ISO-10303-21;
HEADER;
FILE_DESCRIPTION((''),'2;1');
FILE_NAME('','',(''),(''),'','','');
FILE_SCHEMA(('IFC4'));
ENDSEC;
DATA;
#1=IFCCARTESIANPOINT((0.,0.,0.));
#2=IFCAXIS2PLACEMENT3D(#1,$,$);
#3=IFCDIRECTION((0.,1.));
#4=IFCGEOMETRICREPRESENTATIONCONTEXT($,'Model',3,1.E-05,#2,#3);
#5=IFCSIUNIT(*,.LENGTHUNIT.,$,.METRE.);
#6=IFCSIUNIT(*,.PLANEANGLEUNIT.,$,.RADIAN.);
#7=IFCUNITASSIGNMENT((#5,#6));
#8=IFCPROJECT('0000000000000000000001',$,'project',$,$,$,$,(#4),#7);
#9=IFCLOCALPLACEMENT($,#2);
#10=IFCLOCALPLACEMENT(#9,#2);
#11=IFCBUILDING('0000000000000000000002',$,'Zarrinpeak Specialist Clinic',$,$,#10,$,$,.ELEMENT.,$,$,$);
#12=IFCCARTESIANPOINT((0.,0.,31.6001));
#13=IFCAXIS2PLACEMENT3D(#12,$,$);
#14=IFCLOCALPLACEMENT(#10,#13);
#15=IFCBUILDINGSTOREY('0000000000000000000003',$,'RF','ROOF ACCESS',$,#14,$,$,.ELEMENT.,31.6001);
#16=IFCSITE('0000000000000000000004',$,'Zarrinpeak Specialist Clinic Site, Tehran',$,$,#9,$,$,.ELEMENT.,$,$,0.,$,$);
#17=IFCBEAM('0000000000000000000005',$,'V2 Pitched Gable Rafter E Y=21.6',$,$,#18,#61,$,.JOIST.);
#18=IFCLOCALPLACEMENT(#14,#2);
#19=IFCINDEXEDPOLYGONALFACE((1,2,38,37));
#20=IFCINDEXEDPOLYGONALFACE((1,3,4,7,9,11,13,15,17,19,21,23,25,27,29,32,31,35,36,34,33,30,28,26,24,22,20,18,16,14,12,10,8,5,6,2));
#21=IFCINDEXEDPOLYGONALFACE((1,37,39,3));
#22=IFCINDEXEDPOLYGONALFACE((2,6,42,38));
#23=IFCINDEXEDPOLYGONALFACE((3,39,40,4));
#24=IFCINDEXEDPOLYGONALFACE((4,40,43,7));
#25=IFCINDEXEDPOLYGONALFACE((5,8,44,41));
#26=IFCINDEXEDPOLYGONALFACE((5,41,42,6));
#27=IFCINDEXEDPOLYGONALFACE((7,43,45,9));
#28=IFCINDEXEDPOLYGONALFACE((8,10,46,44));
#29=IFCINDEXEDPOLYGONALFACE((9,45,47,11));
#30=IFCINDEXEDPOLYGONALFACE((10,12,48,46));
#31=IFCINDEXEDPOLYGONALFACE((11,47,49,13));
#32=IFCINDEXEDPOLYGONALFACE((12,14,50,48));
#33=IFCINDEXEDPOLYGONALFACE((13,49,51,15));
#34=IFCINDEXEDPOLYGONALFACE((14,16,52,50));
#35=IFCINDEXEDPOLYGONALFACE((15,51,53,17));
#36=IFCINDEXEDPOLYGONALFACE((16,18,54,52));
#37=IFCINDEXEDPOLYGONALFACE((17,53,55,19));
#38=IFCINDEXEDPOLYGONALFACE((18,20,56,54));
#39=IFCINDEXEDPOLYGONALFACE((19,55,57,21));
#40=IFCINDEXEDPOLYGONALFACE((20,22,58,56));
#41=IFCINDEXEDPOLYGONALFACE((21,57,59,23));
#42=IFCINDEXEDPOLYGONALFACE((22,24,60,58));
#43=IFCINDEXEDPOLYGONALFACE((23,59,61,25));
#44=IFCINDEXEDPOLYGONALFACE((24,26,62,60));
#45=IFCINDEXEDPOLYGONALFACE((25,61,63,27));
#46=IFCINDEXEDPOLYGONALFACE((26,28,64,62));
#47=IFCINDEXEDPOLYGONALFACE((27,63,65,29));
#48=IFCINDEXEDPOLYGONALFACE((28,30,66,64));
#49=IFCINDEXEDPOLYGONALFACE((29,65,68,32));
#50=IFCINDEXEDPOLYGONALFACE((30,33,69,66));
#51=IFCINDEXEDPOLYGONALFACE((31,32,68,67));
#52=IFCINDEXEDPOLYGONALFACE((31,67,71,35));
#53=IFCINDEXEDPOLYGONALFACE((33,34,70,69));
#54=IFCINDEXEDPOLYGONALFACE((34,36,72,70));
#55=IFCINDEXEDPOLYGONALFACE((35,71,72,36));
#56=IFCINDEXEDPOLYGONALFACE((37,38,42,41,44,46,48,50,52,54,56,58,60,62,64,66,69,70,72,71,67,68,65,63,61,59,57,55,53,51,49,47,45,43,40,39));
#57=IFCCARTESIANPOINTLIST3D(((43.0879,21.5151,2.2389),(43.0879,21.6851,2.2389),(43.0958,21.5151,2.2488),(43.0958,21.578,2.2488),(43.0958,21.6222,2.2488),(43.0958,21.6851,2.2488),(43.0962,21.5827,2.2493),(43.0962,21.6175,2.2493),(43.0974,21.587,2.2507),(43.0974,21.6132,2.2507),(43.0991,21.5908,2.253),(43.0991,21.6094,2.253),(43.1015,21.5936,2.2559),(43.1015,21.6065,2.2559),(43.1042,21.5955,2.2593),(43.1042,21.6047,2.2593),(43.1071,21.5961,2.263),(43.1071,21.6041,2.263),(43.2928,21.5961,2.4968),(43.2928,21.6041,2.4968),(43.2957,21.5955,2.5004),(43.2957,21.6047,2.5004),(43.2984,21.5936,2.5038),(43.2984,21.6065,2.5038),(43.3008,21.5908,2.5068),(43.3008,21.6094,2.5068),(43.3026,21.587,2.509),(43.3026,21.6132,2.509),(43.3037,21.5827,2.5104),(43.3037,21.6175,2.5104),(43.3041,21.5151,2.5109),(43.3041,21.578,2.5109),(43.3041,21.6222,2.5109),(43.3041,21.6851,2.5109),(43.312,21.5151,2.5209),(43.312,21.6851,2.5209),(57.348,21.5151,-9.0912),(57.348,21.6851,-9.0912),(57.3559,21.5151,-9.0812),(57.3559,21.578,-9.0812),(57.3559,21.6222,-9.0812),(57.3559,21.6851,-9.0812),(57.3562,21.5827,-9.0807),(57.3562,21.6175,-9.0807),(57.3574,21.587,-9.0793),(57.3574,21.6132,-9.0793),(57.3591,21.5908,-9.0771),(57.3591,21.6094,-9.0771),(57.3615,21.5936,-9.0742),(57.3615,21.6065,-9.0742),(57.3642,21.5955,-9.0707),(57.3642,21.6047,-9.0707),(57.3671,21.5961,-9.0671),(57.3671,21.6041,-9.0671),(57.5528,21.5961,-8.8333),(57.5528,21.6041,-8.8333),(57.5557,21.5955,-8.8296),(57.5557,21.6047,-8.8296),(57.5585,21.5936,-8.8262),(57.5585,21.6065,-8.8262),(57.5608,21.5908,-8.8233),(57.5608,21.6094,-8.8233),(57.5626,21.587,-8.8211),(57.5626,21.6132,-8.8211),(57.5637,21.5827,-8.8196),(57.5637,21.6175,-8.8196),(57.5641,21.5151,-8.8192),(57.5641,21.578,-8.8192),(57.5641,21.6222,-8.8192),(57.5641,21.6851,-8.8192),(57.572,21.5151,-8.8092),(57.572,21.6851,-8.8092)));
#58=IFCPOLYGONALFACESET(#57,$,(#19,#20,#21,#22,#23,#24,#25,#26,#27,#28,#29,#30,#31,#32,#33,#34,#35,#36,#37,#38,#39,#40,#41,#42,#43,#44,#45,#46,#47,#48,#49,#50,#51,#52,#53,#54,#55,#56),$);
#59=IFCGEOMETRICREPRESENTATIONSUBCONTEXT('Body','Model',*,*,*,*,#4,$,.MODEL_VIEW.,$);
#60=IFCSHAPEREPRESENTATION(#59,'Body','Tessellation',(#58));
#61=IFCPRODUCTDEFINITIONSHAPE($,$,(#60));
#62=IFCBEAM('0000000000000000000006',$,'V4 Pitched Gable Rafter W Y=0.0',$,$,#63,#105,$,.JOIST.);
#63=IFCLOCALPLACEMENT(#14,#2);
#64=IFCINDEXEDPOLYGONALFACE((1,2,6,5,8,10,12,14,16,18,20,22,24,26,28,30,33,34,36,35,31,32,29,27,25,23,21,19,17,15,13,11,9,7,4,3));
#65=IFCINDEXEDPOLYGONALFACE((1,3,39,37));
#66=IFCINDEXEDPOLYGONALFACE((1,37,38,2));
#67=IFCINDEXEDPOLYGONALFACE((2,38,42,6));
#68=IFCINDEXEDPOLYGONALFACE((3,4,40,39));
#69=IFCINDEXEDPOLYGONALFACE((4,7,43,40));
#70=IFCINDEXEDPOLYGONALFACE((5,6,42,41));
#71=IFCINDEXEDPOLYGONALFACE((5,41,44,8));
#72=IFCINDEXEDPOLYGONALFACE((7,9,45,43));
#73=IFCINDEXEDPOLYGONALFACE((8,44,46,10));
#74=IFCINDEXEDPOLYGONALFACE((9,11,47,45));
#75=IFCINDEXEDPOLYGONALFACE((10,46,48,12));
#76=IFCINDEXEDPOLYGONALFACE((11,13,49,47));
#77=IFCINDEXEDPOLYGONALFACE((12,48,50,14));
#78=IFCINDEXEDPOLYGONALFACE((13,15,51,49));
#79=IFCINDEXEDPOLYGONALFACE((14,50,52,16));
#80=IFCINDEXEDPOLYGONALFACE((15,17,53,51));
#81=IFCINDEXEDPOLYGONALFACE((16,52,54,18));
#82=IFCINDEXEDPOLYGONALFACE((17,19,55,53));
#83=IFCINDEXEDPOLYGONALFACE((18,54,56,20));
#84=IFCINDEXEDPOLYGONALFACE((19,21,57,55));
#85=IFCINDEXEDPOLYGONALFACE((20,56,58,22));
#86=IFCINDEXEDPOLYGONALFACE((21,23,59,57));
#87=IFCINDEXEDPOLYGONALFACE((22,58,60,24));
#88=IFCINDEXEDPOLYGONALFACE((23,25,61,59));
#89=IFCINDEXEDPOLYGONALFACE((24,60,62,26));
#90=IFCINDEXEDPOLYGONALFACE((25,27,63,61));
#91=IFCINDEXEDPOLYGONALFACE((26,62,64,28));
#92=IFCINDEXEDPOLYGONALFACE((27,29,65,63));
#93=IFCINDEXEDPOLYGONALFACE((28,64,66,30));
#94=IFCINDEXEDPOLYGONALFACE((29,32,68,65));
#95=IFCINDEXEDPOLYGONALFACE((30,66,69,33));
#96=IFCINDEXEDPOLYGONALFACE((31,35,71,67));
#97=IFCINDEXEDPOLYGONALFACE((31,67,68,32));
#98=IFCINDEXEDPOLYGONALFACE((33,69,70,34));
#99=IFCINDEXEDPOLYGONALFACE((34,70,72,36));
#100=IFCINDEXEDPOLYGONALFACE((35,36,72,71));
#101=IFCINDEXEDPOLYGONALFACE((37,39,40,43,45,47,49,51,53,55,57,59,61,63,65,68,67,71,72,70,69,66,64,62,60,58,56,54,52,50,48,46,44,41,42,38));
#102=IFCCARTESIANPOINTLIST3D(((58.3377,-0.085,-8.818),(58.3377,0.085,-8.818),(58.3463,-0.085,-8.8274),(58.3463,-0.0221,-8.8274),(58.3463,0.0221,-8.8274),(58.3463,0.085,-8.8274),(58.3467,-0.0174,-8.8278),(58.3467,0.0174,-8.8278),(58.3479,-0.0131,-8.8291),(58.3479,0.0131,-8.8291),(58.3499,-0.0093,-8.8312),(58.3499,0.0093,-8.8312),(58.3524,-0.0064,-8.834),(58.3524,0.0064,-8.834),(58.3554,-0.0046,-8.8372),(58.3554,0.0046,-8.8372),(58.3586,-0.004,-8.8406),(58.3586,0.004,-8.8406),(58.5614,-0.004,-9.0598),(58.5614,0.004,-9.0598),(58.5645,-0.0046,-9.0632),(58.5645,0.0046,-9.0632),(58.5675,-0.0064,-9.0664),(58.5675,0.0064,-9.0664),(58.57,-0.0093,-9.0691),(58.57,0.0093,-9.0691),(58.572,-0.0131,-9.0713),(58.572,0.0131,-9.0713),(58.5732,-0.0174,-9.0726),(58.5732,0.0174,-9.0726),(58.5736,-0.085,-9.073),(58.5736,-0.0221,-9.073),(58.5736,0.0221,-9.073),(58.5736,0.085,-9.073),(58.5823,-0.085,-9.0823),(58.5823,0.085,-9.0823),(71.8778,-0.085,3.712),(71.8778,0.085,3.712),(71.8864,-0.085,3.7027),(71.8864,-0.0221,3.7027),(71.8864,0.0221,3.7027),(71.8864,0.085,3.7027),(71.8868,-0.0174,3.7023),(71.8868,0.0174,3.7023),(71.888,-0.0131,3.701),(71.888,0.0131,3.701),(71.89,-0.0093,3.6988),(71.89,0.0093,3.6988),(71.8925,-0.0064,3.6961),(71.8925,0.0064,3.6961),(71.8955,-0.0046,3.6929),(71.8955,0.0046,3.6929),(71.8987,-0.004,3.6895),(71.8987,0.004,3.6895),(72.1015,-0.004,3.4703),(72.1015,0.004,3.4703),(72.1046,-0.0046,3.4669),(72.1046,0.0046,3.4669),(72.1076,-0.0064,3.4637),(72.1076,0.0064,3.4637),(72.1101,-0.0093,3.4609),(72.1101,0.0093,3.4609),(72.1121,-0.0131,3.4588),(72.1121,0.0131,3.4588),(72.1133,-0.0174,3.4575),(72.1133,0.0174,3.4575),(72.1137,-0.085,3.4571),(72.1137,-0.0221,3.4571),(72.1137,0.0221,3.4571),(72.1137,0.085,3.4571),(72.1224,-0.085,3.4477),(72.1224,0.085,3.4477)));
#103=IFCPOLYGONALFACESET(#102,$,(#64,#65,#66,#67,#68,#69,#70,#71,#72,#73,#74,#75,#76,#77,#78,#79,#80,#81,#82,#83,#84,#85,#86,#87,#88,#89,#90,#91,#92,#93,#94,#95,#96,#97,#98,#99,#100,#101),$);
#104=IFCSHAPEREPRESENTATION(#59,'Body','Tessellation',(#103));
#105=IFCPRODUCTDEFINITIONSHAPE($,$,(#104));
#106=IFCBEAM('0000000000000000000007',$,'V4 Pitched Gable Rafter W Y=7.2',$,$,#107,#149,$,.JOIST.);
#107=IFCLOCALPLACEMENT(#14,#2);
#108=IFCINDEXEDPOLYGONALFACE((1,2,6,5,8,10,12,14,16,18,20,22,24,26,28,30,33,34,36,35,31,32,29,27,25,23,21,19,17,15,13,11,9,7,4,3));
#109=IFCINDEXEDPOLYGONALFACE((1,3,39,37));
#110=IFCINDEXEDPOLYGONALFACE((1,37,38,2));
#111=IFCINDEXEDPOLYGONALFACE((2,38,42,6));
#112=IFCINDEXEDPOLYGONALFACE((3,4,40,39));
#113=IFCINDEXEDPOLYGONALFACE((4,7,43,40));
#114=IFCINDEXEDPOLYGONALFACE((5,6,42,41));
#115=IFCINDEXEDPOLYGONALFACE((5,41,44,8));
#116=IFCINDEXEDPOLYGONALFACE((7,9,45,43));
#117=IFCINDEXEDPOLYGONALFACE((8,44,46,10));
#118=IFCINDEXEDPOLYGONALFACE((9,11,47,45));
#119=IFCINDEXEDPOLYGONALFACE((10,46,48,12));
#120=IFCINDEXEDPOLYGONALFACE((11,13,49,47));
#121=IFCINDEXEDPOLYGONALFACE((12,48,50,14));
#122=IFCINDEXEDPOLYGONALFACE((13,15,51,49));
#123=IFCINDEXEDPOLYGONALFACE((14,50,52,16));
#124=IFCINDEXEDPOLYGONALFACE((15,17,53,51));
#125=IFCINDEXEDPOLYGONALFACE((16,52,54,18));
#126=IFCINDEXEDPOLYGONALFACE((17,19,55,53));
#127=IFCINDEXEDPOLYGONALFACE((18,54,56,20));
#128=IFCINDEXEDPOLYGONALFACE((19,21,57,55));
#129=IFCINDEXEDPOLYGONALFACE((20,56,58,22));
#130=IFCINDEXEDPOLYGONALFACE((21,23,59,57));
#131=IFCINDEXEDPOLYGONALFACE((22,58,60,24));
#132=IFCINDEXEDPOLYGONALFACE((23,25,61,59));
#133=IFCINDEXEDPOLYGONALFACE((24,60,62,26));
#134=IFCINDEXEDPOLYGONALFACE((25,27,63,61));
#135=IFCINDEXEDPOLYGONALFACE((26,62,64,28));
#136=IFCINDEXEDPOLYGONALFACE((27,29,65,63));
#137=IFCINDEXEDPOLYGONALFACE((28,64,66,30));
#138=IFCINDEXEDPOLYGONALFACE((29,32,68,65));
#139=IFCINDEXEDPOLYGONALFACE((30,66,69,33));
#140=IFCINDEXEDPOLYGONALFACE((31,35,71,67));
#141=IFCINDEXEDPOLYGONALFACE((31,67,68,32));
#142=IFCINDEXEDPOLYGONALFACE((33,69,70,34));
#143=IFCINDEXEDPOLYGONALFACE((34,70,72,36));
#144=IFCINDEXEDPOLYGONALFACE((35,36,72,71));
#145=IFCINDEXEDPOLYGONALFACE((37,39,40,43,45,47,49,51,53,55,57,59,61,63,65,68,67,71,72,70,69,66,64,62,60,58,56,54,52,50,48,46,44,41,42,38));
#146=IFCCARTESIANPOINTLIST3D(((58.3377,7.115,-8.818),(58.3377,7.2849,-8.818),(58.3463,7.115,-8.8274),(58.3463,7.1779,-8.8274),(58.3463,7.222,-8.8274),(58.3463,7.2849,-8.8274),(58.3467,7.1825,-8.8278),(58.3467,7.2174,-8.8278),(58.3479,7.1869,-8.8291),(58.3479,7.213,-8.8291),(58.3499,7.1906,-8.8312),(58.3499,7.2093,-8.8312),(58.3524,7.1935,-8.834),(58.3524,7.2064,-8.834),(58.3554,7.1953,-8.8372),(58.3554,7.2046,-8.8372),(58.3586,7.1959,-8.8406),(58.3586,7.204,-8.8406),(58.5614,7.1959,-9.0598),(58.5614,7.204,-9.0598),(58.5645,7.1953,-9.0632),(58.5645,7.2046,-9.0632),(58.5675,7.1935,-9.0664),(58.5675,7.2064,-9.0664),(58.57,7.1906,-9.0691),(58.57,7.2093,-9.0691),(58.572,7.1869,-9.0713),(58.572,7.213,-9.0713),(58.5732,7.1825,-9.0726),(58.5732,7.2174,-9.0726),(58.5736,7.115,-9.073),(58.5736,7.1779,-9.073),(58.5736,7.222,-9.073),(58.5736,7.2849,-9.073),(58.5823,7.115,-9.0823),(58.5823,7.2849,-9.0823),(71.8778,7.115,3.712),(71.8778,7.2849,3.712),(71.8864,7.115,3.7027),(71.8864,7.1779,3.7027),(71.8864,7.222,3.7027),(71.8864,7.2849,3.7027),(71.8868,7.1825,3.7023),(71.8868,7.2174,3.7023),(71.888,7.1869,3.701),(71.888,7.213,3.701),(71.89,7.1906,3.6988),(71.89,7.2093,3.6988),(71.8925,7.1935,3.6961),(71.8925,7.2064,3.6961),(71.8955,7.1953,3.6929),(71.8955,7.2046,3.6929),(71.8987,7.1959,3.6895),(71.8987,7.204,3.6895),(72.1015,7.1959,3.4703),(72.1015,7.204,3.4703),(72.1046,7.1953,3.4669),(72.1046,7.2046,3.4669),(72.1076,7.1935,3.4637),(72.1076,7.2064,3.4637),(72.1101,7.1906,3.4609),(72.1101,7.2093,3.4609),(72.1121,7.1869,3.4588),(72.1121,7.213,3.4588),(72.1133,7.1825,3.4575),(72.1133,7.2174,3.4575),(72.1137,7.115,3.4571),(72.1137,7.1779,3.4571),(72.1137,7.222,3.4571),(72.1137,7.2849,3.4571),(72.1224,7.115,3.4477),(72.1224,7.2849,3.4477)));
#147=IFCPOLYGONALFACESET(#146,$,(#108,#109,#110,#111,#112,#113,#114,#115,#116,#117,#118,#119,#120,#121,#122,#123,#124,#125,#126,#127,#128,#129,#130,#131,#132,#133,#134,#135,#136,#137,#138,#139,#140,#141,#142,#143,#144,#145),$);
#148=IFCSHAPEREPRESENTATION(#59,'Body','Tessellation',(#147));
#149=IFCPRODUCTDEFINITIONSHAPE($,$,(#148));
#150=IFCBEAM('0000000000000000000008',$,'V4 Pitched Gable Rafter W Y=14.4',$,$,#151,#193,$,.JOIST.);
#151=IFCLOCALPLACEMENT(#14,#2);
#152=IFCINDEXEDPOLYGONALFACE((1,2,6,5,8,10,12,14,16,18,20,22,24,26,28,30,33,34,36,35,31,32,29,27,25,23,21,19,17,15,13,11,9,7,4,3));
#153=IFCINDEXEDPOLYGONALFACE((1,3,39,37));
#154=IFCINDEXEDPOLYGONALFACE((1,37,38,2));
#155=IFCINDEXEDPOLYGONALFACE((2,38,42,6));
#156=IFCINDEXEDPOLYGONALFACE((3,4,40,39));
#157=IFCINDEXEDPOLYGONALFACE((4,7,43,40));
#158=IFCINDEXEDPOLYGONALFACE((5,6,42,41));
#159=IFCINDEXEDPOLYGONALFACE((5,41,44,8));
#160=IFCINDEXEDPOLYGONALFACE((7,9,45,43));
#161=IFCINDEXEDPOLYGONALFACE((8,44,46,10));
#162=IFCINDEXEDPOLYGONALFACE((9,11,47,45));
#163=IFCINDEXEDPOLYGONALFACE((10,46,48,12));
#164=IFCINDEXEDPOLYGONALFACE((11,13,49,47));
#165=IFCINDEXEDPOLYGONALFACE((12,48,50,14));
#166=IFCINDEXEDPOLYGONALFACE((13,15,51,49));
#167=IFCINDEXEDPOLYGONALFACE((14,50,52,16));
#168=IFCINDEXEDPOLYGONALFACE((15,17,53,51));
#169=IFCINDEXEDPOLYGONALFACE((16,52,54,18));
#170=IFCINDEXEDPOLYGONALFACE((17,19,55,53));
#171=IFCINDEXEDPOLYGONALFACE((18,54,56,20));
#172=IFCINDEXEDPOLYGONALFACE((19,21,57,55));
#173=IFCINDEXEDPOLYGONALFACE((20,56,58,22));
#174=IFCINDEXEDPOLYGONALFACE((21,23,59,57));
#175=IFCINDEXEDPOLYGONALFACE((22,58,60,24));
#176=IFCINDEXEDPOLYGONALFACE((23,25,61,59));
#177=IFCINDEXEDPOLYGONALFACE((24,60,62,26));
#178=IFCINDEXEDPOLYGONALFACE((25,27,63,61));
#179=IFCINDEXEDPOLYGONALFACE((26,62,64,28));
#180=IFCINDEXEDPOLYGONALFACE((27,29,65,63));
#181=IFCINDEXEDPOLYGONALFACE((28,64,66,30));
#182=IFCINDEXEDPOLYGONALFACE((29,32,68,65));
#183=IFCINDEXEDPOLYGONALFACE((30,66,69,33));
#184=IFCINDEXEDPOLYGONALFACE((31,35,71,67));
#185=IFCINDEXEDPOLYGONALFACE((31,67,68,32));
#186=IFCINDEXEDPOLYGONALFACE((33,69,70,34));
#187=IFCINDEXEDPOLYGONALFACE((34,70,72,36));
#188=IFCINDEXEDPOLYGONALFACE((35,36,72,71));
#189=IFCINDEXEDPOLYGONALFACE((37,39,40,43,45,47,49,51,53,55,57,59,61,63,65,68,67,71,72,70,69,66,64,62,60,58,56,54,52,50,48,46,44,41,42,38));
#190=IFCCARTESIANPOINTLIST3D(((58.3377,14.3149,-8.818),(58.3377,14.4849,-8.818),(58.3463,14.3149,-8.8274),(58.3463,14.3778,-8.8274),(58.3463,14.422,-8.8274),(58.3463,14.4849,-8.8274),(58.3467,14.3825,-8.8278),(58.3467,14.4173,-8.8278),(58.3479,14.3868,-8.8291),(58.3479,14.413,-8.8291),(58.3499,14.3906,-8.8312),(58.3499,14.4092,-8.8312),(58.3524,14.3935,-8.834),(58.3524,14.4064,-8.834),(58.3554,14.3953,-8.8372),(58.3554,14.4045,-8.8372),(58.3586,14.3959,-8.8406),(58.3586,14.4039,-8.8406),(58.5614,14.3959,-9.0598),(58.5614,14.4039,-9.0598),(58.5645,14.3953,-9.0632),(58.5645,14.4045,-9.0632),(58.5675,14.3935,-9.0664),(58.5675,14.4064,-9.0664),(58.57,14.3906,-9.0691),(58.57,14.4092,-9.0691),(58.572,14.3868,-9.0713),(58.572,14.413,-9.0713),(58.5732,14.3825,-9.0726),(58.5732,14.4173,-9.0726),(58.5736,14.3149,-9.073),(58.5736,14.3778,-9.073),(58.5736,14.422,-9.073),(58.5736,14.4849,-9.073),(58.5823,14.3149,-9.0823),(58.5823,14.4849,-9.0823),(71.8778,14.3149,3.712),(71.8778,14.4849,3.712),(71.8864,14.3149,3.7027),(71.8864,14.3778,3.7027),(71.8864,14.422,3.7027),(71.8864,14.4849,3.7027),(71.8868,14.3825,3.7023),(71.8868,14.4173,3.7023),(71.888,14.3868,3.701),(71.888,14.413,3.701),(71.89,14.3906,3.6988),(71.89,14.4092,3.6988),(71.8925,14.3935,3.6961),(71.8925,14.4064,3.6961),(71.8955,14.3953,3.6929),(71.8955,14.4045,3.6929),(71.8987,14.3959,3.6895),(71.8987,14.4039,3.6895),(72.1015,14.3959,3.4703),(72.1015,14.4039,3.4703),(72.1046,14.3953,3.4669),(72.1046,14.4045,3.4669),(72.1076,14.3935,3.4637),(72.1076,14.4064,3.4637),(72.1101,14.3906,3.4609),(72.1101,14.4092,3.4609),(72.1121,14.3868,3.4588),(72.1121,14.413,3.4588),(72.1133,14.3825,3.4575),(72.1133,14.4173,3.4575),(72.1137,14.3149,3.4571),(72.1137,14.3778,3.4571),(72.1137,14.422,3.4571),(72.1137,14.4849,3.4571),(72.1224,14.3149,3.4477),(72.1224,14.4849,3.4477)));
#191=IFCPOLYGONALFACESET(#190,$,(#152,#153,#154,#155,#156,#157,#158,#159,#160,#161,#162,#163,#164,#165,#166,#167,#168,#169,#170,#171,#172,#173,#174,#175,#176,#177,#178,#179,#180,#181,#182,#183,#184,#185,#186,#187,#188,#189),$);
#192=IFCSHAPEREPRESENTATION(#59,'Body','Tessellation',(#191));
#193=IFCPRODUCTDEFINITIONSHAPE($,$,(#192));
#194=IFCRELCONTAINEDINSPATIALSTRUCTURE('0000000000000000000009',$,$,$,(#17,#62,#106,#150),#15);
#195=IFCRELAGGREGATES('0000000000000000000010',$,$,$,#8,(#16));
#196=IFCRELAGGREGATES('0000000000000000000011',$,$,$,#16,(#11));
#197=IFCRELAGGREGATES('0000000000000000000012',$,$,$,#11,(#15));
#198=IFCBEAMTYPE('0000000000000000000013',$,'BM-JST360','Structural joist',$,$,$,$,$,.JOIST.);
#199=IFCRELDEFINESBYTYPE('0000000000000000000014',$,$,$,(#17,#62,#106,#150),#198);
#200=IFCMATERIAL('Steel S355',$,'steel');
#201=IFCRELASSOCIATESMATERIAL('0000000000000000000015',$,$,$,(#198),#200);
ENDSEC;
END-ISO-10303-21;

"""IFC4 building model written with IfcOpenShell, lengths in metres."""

from ifc_helpers import new_model, si_unit, direction, frame, origin, origin_2d, place, context, subcontext, project, spatial, i_section, extrude, material, material_profile, profile_set, type_object, element, save


model = new_model("IFC4")

# Units and contexts
model_context = context("Model", 3, precision=1e-05, world=origin(), true_north=direction((0.0, 1.0)))
body_context = subcontext(model_context, "Body", "Model", "MODEL_VIEW")
ifc_project = project(units=[si_unit("LENGTHUNIT", "METRE"), si_unit("PLANEANGLEUNIT", "RADIAN")], contexts=[model_context])

# Site, building, storey
site_placement = place(None, origin())
site = spatial("IfcSite", under=ifc_project, at=site_placement, Name="Zarrinpeak Specialist Clinic Site, Tehran", CompositionType="ELEMENT", RefElevation=0.0)
building_placement = place(site_placement, origin())
building = spatial("IfcBuilding", under=site, at=building_placement, Name="Zarrinpeak Specialist Clinic", CompositionType="ELEMENT")
storey_placement = place(building_placement, frame((0.0, 0.0, 31.6001)))
storey = spatial("IfcBuildingStorey", under=building, at=storey_placement, Name="RF", Description="ROOF ACCESS", CompositionType="ELEMENT", Elevation=31.6001)

# Shared definitions
ifc_material_1 = material(Name="Steel S355", Category="steel")

# Beams
ifc_material_profile_1 = material_profile(ifc_material_1, i_section(OverallWidth=0.1699, OverallDepth=0.3601, WebThickness=0.0081, FlangeThickness=0.0127, FilletRadius=0.0181, at=origin_2d()), Name="IPE 360")
ifc_profile_set_1 = profile_set([ifc_material_profile_1], Name="Steel S355")
beam_type = type_object("IfcBeamType", Name="BM-JST360", Description="Structural joist", PredefinedType="JOIST", material=ifc_profile_set_1)
for number, where, z_axis, x_axis, name in (
    (1, (57.46, 21.6001, -8.9502), (-0.782952, 0.0, 0.622083), (0.0, -1.0, 0.0), "V2 Pitched Gable Rafter E Y=21.6"),
):
    element("IfcBeam", number, at=place(storey_placement, frame(where, z_axis=z_axis, x_axis=x_axis)), inside=storey, type_object=beam_type, Name=name, PredefinedType="JOIST", context=body_context, shape_type="SweptSolid", body=[
        extrude(i_section(OverallWidth=0.1699, OverallDepth=0.3601, WebThickness=0.0081, FlangeThickness=0.0127, FilletRadius=0.0181, at=origin_2d()), origin(), (0.0, 0.0, 1.0), 18.2131),
    ])
for number, where, z_axis, x_axis, name in (
    (2, (58.46, 0.0, -8.9502), (0.733951, 0.0, 0.679202), (0.0, 1.0, 0.0), "V4 Pitched Gable Rafter W Y=0.0"),
    (3, (58.46, 7.2, -8.9502), (0.733951, 0.0, 0.679202), (0.0, 1.0, 0.0), "V4 Pitched Gable Rafter W Y=7.2"),
    (4, (58.46, 14.3999, -8.9502), (0.733951, 0.0, 0.679202), (0.0, 1.0, 0.0), "V4 Pitched Gable Rafter W Y=14.4"),
):
    element("IfcBeam", number, at=place(storey_placement, frame(where, z_axis=z_axis, x_axis=x_axis)), inside=storey, type_object=beam_type, Name=name, PredefinedType="JOIST", context=body_context, shape_type="SweptSolid", body=[
        extrude(i_section(OverallWidth=0.1699, OverallDepth=0.3601, WebThickness=0.0081, FlangeThickness=0.0127, FilletRadius=0.0181, at=origin_2d()), origin(), (0.0, 0.0, 1.0), 18.4482),
    ])

save(model, "model.ifc")
